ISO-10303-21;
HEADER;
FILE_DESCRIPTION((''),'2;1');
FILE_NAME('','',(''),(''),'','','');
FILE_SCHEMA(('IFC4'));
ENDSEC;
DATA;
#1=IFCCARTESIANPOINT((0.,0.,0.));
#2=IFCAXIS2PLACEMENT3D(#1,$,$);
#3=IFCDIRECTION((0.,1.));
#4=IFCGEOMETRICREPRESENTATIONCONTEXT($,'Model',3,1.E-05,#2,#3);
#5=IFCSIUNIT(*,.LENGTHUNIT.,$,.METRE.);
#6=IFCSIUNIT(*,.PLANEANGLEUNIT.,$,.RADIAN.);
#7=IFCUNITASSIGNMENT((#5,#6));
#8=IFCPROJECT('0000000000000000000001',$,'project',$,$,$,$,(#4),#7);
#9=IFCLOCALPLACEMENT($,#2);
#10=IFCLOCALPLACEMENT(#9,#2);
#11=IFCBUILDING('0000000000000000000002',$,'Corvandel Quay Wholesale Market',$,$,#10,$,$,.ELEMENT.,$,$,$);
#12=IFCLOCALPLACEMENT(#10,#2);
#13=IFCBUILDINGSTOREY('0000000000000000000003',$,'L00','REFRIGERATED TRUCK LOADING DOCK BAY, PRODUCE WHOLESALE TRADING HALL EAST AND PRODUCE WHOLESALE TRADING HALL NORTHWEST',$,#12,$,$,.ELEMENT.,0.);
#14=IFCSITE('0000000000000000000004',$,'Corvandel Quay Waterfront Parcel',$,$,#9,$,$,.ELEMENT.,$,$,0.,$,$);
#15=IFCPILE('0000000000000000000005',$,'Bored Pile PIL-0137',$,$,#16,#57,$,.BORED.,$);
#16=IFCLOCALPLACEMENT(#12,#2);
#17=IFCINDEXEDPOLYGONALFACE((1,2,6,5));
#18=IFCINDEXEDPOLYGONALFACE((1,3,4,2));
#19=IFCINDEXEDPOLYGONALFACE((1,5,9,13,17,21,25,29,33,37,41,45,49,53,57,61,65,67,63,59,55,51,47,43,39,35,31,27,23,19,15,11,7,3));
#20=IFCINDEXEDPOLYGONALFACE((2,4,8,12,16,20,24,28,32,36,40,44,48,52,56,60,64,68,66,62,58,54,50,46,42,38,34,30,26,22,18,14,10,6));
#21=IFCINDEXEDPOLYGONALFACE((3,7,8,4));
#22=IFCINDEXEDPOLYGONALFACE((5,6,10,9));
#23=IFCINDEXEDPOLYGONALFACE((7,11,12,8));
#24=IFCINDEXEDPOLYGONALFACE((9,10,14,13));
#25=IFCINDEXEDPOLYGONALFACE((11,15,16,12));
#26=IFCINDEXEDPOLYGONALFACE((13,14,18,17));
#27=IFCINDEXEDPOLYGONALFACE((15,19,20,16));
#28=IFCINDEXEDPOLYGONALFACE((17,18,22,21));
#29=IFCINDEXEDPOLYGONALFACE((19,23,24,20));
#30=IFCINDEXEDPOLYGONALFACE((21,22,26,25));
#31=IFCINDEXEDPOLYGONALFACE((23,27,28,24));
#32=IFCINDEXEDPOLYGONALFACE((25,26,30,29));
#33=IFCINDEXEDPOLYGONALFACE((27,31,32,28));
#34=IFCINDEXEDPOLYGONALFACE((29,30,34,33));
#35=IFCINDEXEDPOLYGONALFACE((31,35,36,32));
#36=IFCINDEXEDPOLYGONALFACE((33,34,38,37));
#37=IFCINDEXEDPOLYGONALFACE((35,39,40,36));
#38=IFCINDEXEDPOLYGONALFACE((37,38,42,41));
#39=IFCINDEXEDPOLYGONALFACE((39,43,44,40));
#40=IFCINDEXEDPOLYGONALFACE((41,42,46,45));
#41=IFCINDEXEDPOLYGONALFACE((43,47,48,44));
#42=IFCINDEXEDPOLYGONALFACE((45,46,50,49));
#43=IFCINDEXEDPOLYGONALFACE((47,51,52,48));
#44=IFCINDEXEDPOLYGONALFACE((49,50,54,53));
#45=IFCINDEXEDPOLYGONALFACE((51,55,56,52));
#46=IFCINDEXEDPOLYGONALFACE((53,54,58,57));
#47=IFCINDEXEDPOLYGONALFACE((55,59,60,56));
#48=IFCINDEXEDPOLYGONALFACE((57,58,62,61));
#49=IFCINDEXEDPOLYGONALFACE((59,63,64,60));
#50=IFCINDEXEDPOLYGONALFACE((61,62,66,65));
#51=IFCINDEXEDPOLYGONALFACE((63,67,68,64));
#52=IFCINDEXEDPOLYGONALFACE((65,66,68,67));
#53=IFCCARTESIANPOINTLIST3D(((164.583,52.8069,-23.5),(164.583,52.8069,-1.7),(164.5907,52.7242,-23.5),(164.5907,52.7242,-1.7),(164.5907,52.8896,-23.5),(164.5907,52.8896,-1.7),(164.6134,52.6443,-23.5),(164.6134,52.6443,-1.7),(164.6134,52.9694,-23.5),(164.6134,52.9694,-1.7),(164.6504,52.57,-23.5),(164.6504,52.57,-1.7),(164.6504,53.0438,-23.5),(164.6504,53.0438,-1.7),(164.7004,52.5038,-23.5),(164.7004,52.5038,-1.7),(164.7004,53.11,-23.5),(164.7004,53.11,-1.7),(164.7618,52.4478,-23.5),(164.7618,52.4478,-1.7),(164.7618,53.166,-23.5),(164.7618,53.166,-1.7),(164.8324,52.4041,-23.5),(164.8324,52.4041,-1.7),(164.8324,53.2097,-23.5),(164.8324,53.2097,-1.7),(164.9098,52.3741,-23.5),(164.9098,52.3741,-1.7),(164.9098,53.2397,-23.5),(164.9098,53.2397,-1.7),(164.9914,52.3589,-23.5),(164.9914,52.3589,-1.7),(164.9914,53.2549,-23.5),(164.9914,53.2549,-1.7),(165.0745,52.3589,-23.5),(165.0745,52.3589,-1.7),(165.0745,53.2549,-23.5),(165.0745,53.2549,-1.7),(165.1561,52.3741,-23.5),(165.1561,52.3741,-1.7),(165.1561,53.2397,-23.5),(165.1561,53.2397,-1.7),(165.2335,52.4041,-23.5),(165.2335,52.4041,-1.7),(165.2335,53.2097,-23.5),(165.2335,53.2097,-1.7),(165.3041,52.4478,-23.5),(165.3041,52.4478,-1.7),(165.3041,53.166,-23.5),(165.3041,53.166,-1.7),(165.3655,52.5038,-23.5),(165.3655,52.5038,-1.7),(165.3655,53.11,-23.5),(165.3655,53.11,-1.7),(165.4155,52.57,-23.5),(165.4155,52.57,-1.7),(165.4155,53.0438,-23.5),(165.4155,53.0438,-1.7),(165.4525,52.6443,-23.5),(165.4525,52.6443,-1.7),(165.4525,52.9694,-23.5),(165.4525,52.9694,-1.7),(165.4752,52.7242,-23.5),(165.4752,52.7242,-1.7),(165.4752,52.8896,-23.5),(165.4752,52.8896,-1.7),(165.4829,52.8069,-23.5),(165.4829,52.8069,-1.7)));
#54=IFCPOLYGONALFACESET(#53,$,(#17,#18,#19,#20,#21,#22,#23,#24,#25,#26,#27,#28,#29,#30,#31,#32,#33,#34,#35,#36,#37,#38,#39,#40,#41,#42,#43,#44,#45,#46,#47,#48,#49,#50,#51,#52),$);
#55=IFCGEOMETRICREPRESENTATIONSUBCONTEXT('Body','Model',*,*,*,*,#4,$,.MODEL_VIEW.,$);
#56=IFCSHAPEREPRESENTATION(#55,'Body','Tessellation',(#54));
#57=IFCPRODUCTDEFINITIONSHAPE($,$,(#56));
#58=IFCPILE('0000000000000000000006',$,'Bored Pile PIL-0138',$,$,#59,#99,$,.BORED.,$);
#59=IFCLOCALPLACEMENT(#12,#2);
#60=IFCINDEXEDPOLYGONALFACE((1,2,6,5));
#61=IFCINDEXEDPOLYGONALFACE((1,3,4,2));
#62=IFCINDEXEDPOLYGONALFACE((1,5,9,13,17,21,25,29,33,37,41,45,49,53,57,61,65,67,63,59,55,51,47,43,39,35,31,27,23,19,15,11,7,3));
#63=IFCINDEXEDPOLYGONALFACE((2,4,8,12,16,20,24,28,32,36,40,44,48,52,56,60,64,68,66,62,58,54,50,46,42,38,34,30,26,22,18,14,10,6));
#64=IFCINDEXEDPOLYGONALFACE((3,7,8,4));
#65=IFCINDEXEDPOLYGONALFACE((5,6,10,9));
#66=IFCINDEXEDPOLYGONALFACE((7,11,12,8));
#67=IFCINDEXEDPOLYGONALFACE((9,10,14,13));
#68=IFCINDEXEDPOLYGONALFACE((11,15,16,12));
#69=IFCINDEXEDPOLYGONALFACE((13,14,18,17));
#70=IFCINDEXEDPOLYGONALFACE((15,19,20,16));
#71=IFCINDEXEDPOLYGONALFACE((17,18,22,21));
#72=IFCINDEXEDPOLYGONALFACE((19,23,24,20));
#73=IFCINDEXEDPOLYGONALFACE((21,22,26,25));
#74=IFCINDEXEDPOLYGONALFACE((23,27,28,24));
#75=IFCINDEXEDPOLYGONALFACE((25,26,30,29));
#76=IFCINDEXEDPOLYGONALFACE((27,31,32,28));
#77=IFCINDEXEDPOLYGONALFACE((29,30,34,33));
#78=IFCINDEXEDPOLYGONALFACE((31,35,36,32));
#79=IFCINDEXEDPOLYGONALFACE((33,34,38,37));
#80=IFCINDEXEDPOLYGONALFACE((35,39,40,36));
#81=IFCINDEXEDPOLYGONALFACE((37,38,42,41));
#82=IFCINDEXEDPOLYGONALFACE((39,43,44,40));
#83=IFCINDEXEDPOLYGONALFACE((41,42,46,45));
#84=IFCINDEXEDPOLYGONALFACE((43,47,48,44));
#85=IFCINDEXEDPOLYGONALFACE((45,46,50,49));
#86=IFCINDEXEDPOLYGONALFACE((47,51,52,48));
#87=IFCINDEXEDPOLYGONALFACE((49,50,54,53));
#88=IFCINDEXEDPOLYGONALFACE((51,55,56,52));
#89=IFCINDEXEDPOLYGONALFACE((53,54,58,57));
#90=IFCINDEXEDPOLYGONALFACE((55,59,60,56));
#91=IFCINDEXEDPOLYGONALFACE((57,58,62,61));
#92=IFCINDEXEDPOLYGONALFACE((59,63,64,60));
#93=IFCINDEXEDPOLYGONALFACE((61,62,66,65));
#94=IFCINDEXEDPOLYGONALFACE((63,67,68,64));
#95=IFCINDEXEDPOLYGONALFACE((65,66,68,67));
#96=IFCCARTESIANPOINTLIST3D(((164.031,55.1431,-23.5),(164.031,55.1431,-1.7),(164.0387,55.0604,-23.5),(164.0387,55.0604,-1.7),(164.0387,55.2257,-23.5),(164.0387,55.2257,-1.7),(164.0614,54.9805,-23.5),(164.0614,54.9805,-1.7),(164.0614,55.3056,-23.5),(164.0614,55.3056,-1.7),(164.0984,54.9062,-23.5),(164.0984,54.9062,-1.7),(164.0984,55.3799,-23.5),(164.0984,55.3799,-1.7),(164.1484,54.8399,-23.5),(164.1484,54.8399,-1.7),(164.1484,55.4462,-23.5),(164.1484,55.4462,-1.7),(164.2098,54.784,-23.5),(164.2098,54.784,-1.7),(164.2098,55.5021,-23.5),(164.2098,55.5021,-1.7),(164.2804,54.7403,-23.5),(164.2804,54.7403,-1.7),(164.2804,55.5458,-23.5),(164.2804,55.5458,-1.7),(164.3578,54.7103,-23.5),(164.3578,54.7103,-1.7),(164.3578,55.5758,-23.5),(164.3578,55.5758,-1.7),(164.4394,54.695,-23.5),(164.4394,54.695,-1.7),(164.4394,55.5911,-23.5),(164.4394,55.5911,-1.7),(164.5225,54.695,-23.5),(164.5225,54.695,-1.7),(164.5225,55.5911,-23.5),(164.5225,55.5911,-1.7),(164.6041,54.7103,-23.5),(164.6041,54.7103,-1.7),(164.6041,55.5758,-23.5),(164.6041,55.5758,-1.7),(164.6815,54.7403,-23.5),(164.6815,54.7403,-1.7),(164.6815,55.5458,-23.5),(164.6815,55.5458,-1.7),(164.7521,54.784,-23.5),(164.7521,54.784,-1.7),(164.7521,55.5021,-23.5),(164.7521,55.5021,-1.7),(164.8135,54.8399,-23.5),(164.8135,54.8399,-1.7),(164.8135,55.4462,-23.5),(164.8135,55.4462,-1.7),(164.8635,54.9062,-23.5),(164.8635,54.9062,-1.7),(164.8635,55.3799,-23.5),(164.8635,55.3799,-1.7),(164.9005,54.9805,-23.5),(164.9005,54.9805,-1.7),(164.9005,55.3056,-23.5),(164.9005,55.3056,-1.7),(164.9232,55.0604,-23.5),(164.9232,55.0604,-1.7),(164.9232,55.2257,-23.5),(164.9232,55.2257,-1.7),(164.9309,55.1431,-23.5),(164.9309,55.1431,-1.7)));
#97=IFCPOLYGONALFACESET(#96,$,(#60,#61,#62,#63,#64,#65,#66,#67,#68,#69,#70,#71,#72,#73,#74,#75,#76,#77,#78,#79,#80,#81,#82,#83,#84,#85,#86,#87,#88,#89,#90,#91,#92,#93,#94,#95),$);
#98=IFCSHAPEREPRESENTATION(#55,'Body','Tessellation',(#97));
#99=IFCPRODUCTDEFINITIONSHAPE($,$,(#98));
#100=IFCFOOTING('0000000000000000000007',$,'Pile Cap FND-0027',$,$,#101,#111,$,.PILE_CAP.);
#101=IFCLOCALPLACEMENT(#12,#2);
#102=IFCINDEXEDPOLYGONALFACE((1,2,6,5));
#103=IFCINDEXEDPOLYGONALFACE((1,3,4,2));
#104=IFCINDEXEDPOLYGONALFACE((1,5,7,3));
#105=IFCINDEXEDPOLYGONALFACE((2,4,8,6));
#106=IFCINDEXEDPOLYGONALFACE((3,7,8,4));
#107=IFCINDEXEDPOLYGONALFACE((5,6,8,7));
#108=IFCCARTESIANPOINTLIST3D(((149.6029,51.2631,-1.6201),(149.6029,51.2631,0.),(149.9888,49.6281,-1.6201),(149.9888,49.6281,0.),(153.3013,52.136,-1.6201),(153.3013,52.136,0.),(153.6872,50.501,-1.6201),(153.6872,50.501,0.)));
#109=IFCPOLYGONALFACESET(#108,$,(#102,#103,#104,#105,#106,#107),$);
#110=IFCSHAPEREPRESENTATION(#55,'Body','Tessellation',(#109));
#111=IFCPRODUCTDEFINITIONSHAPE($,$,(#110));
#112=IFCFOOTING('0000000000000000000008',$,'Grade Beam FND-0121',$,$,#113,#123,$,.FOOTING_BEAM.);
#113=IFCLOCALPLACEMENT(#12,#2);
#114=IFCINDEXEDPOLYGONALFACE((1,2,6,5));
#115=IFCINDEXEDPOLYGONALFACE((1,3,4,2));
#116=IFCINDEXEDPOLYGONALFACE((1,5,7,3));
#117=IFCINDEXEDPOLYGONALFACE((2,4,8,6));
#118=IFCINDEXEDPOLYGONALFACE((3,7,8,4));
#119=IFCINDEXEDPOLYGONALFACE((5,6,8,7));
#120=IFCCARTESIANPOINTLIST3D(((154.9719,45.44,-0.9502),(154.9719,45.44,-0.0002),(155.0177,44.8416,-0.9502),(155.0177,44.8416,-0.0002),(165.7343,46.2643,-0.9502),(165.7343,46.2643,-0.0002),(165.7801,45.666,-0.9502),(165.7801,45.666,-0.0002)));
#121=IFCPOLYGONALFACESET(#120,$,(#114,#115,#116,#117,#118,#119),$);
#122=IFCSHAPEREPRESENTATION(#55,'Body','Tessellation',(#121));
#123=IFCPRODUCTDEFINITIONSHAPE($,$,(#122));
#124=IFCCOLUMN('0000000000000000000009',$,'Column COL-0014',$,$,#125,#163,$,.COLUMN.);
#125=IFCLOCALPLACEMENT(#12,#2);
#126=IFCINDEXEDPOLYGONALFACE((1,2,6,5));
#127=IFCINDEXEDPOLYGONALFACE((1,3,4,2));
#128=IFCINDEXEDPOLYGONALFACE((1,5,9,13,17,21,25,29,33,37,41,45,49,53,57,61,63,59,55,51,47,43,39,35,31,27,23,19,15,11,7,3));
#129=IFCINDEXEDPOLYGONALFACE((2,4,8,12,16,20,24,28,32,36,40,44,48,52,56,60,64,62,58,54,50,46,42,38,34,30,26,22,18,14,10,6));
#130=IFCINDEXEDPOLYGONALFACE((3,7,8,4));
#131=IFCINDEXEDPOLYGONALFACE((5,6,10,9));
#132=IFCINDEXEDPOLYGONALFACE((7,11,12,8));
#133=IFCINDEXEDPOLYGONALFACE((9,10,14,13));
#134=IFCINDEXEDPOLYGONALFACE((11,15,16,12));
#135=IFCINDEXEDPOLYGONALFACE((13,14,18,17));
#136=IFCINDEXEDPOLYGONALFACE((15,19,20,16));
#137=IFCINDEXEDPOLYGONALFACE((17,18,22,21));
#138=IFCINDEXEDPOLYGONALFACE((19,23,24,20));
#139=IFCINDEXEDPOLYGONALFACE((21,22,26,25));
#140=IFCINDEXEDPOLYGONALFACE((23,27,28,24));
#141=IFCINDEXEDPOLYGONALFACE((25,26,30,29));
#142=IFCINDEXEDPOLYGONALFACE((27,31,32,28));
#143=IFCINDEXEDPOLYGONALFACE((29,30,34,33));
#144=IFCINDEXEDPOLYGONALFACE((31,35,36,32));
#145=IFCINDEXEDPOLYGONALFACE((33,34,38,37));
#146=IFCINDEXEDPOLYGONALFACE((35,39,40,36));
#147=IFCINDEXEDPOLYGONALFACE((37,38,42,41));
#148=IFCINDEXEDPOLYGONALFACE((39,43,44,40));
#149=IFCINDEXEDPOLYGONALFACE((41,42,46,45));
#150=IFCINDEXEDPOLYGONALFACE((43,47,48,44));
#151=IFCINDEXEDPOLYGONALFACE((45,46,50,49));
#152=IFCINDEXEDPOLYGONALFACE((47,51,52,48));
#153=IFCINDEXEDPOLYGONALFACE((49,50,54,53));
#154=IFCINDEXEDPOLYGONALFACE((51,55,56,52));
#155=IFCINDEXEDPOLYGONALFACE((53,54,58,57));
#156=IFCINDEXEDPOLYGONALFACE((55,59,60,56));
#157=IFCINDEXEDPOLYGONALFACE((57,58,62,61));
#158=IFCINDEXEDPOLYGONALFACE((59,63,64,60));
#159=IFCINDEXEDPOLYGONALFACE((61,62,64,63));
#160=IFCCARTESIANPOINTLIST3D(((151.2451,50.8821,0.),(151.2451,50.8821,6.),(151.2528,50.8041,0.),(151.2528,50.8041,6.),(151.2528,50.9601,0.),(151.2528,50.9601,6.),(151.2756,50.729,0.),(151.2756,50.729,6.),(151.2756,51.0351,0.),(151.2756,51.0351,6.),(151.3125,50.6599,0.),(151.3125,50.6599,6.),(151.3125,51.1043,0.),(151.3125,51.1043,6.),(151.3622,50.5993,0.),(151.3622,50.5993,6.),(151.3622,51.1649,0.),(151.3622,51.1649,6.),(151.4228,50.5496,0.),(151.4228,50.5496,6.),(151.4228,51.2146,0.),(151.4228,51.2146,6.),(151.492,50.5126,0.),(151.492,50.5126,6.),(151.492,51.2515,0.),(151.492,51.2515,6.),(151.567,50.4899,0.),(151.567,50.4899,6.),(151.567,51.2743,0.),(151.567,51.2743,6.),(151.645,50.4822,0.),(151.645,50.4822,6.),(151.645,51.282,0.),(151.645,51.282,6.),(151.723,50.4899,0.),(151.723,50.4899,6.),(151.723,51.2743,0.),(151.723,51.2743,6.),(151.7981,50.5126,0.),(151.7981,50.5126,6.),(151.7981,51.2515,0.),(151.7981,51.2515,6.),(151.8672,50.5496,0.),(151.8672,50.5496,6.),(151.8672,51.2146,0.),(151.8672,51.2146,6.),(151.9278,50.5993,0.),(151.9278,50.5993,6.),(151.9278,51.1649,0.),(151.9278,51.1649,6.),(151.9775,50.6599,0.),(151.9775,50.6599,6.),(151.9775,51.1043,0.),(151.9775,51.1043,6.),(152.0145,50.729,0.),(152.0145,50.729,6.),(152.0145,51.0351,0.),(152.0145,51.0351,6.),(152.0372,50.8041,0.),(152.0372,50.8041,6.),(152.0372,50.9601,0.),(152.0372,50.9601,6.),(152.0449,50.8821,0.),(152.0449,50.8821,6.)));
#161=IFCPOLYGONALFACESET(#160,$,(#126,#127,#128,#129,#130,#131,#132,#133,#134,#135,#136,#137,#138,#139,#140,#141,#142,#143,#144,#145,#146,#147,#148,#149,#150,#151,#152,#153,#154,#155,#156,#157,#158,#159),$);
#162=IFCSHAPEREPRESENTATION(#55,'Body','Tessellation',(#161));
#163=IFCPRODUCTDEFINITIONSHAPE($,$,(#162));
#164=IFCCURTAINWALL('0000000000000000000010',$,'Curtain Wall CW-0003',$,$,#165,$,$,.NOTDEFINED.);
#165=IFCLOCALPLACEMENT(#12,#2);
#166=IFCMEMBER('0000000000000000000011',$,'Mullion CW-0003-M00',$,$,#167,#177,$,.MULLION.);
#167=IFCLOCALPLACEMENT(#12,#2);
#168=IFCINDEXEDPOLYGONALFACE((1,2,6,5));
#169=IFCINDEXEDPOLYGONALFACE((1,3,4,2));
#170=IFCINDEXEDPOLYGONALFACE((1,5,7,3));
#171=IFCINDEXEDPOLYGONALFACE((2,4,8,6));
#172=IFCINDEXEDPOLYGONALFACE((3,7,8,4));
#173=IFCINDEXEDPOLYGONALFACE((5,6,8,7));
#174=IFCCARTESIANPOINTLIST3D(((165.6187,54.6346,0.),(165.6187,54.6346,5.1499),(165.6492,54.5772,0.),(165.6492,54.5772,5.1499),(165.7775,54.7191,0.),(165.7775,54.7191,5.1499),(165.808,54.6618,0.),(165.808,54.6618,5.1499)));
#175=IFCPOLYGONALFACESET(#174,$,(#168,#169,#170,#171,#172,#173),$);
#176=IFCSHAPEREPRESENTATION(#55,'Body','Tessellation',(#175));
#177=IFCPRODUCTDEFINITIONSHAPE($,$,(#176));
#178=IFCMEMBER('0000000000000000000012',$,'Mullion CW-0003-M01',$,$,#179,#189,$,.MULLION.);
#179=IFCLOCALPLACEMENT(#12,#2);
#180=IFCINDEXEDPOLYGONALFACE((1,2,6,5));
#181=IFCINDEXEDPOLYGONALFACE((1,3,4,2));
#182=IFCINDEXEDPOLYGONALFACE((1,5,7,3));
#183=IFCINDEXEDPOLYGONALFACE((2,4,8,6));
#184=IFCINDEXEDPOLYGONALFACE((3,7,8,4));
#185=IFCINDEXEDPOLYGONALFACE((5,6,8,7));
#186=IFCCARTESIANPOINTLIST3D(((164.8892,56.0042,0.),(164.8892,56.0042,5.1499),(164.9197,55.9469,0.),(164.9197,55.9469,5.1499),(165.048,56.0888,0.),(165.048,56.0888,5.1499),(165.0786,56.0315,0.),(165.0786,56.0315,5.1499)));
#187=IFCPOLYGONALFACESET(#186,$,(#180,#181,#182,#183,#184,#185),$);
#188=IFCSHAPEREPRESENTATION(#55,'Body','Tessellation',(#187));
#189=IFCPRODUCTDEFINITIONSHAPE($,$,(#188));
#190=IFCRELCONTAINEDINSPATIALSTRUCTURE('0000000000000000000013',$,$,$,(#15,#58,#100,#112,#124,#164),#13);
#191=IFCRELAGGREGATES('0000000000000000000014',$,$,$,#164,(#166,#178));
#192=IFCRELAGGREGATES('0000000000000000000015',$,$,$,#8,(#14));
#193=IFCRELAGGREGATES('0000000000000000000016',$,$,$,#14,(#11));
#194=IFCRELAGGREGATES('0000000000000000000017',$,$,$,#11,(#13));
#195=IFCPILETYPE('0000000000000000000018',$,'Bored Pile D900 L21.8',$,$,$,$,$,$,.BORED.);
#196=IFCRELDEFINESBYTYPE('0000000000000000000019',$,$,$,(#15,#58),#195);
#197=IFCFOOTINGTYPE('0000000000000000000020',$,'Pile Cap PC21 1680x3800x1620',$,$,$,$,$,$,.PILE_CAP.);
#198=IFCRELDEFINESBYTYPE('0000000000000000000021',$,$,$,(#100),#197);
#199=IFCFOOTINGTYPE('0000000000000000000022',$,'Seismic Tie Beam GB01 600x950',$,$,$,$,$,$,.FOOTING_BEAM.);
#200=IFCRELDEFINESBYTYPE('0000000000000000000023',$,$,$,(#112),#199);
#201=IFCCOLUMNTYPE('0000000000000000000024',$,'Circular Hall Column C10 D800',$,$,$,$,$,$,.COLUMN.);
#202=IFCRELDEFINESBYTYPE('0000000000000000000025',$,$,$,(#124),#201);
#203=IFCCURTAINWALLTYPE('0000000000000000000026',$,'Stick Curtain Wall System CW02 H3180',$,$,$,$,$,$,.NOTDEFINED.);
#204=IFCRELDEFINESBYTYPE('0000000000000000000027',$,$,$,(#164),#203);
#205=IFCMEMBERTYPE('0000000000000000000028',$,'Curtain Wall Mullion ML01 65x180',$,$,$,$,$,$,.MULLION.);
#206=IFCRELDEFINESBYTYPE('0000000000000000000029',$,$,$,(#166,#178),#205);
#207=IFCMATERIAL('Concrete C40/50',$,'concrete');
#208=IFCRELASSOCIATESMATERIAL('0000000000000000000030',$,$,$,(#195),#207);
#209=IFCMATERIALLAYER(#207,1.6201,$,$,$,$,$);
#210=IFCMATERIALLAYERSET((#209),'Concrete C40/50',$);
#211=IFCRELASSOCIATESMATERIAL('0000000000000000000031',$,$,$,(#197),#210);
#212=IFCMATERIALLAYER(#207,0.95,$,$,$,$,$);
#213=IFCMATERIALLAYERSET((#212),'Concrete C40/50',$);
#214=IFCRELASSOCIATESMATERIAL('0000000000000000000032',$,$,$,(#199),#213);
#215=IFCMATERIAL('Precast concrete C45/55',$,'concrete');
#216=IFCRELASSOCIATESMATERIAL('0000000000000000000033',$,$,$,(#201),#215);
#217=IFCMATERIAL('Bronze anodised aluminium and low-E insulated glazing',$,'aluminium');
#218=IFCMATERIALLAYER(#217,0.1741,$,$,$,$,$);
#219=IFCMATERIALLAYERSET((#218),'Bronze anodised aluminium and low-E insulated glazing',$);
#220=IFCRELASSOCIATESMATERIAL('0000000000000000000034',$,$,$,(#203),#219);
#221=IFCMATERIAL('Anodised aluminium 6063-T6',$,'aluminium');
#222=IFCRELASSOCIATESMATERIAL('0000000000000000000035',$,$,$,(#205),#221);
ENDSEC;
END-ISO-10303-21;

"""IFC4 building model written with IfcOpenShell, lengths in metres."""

from ifc_helpers import new_model, si_unit, direction, frame, origin, origin_2d, place, context, subcontext, project, spatial, rectangle, circle, extrude, material, layer, layer_set, material_profile, profile_set, type_object, element, aggregate, save


model = new_model("IFC4")

# Units and contexts
model_context = context("Model", 3, precision=1e-05, world=origin(), true_north=direction((0.0, 1.0)))
body_context = subcontext(model_context, "Body", "Model", "MODEL_VIEW")
ifc_project = project(units=[si_unit("LENGTHUNIT", "METRE"), si_unit("PLANEANGLEUNIT", "RADIAN")], contexts=[model_context])

# Site, building, storey
site_placement = place(None, origin())
site = spatial("IfcSite", under=ifc_project, at=site_placement, Name="Corvandel Quay Waterfront Parcel", CompositionType="ELEMENT", RefElevation=0.0)
building_placement = place(site_placement, origin())
building = spatial("IfcBuilding", under=site, at=building_placement, Name="Corvandel Quay Wholesale Market", CompositionType="ELEMENT")
storey_placement = place(building_placement, origin())
storey = spatial("IfcBuildingStorey", under=building, at=storey_placement, Name="L00", Description="REFRIGERATED TRUCK LOADING DOCK BAY, PRODUCE WHOLESALE TRADING HALL EAST AND PRODUCE WHOLESALE TRADING HALL NORTHWEST", CompositionType="ELEMENT", Elevation=0.0)

# Piles
ifc_material_1 = material(Name="Concrete C40/50", Category="concrete")
ifc_material_profile_1 = material_profile(ifc_material_1, circle(Radius=0.45, at=origin_2d()), Name="RC-PILE-D900")
ifc_profile_set_1 = profile_set([ifc_material_profile_1], Name="Concrete C40/50")
pile_type_1 = type_object("IfcPileType", Name="Bored Pile D900 L21.8", PredefinedType="BORED", material=ifc_profile_set_1)
for number, where, z_axis, x_axis, name in (
    (1, (165.033, 52.8069, -1.7), (0.0, 0.0, -1.0), (1.0, 0.0, 0.0), "Bored Pile PIL-0137"),
    (2, (164.481, 55.1431, -1.7), (0.0, 0.0, -1.0), (1.0, 0.0, 0.0), "Bored Pile PIL-0138"),
):
    element("IfcPile", number, at=place(storey_placement, frame(where, z_axis=z_axis, x_axis=x_axis)), inside=storey, type_object=pile_type_1, Name=name, PredefinedType="BORED", context=body_context, shape_type="SweptSolid", body=[
        extrude(circle(Radius=0.45, at=origin_2d()), origin(), (0.0, 0.0, 1.0), 21.8),
    ])

# Footings
ifc_layer_1 = layer(ifc_material_1, 1.6201)
ifc_layer_set_1 = layer_set([ifc_layer_1], Name="Concrete C40/50")
footing_type_1 = type_object("IfcFootingType", Name="Pile Cap PC21 1680x3800x1620", PredefinedType="PILE_CAP", material=ifc_layer_set_1)
footing_1_placement = place(storey_placement, frame((151.645, 50.8821, -1.6201), z_axis=(0.0, 0.0, 1.0), x_axis=(-0.22971, 0.973259, 0.0)))
element("IfcFooting", 3, at=footing_1_placement, inside=storey, type_object=footing_type_1, Name="Pile Cap FND-0027", PredefinedType="PILE_CAP", context=body_context, shape_type="SweptSolid", body=[
    extrude(rectangle(XDim=1.6799, YDim=3.8, at=origin_2d()), origin(), (0.0, 0.0, 1.0), 1.6201),
])
ifc_layer_2 = layer(ifc_material_1, 0.95)
ifc_layer_set_2 = layer_set([ifc_layer_2], Name="Concrete C40/50")
footing_type_2 = type_object("IfcFootingType", Name="Seismic Tie Beam GB01 600x950", PredefinedType="FOOTING_BEAM", material=ifc_layer_set_2)
footing_2_placement = place(storey_placement, frame((160.376, 45.553, -0.9502), z_axis=(0.0, 0.0, 1.0), x_axis=(0.997079, 0.076371, 0.0)))
element("IfcFooting", 4, at=footing_2_placement, inside=storey, type_object=footing_type_2, Name="Grade Beam FND-0121", PredefinedType="FOOTING_BEAM", context=body_context, shape_type="SweptSolid", body=[
    extrude(rectangle(XDim=10.7939, YDim=0.6001, at=origin_2d()), origin(), (0.0, 0.0, 1.0), 0.95),
])

# Column
ifc_material_2 = material(Name="Precast concrete C45/55", Category="concrete")
ifc_material_profile_2 = material_profile(ifc_material_2, circle(Radius=0.3999, at=origin_2d()), Name="PC-COL-D800")
ifc_profile_set_2 = profile_set([ifc_material_profile_2], Name="Precast concrete C45/55")
column_type = type_object("IfcColumnType", Name="Circular Hall Column C10 D800", PredefinedType="COLUMN", material=ifc_profile_set_2)
column_placement = place(storey_placement, frame((151.645, 50.8821, 0.0), z_axis=(0.0, 0.0, 1.0), x_axis=(1.0, 0.0, 0.0)))
element("IfcColumn", 5, at=column_placement, inside=storey, type_object=column_type, Name="Column COL-0014", PredefinedType="COLUMN", context=body_context, shape_type="SweptSolid", body=[
    extrude(circle(Radius=0.3999, at=origin_2d()), origin(), (0.0, 0.0, 1.0), 6.0),
])

# Curtain wall, members
ifc_material_3 = material(Name="Bronze anodised aluminium and low-E insulated glazing", Category="aluminium")
ifc_layer_3 = layer(ifc_material_3, 0.1741)
ifc_layer_set_3 = layer_set([ifc_layer_3], Name="Bronze anodised aluminium and low-E insulated glazing")
curtain_wall_type = type_object("IfcCurtainWallType", Name="Stick Curtain Wall System CW02 H3180", PredefinedType="NOTDEFINED", material=ifc_layer_set_3)
curtain_wall_placement = place(storey_placement, origin())
curtain_wall = element("IfcCurtainWall", 6, at=curtain_wall_placement, inside=storey, type_object=curtain_wall_type, Name="Curtain Wall CW-0003", PredefinedType="NOTDEFINED")
ifc_material_4 = material(Name="Anodised aluminium 6063-T6", Category="aluminium")
ifc_material_profile_3 = material_profile(ifc_material_4, rectangle(XDim=0.0649, YDim=0.1799, at=origin_2d()), Name="ALU-MUL-65x180")
ifc_profile_set_3 = profile_set([ifc_material_profile_3], Name="Anodised aluminium 6063-T6")
member_type_1 = type_object("IfcMemberType", Name="Curtain Wall Mullion ML01 65x180", PredefinedType="MULLION", material=ifc_profile_set_3)
member_1_placement = place(storey_placement, frame((165.7134, 54.6482, 0.0), z_axis=(0.0, 0.0, 1.0), x_axis=(-0.470088, 0.88262, 0.0)))
member_1 = element("IfcMember", 7, at=member_1_placement, type_object=member_type_1, Name="Mullion CW-0003-M00", PredefinedType="MULLION", context=body_context, shape_type="SweptSolid", body=[
    extrude(rectangle(XDim=0.0649, YDim=0.1799, at=origin_2d()), origin(), (0.0, 0.0, 1.0), 5.1499),
])
member_2_placement = place(storey_placement, frame((164.9839, 56.0178, 0.0), z_axis=(0.0, 0.0, 1.0), x_axis=(-0.470088, 0.88262, 0.0)))
member_2 = element("IfcMember", 8, at=member_2_placement, type_object=member_type_1, Name="Mullion CW-0003-M01", PredefinedType="MULLION", context=body_context, shape_type="SweptSolid", body=[
    extrude(rectangle(XDim=0.0649, YDim=0.1799, at=origin_2d()), origin(), (0.0, 0.0, 1.0), 5.1499),
])
aggregate(curtain_wall, [member_1, member_2])

save(model, "model.ifc")
